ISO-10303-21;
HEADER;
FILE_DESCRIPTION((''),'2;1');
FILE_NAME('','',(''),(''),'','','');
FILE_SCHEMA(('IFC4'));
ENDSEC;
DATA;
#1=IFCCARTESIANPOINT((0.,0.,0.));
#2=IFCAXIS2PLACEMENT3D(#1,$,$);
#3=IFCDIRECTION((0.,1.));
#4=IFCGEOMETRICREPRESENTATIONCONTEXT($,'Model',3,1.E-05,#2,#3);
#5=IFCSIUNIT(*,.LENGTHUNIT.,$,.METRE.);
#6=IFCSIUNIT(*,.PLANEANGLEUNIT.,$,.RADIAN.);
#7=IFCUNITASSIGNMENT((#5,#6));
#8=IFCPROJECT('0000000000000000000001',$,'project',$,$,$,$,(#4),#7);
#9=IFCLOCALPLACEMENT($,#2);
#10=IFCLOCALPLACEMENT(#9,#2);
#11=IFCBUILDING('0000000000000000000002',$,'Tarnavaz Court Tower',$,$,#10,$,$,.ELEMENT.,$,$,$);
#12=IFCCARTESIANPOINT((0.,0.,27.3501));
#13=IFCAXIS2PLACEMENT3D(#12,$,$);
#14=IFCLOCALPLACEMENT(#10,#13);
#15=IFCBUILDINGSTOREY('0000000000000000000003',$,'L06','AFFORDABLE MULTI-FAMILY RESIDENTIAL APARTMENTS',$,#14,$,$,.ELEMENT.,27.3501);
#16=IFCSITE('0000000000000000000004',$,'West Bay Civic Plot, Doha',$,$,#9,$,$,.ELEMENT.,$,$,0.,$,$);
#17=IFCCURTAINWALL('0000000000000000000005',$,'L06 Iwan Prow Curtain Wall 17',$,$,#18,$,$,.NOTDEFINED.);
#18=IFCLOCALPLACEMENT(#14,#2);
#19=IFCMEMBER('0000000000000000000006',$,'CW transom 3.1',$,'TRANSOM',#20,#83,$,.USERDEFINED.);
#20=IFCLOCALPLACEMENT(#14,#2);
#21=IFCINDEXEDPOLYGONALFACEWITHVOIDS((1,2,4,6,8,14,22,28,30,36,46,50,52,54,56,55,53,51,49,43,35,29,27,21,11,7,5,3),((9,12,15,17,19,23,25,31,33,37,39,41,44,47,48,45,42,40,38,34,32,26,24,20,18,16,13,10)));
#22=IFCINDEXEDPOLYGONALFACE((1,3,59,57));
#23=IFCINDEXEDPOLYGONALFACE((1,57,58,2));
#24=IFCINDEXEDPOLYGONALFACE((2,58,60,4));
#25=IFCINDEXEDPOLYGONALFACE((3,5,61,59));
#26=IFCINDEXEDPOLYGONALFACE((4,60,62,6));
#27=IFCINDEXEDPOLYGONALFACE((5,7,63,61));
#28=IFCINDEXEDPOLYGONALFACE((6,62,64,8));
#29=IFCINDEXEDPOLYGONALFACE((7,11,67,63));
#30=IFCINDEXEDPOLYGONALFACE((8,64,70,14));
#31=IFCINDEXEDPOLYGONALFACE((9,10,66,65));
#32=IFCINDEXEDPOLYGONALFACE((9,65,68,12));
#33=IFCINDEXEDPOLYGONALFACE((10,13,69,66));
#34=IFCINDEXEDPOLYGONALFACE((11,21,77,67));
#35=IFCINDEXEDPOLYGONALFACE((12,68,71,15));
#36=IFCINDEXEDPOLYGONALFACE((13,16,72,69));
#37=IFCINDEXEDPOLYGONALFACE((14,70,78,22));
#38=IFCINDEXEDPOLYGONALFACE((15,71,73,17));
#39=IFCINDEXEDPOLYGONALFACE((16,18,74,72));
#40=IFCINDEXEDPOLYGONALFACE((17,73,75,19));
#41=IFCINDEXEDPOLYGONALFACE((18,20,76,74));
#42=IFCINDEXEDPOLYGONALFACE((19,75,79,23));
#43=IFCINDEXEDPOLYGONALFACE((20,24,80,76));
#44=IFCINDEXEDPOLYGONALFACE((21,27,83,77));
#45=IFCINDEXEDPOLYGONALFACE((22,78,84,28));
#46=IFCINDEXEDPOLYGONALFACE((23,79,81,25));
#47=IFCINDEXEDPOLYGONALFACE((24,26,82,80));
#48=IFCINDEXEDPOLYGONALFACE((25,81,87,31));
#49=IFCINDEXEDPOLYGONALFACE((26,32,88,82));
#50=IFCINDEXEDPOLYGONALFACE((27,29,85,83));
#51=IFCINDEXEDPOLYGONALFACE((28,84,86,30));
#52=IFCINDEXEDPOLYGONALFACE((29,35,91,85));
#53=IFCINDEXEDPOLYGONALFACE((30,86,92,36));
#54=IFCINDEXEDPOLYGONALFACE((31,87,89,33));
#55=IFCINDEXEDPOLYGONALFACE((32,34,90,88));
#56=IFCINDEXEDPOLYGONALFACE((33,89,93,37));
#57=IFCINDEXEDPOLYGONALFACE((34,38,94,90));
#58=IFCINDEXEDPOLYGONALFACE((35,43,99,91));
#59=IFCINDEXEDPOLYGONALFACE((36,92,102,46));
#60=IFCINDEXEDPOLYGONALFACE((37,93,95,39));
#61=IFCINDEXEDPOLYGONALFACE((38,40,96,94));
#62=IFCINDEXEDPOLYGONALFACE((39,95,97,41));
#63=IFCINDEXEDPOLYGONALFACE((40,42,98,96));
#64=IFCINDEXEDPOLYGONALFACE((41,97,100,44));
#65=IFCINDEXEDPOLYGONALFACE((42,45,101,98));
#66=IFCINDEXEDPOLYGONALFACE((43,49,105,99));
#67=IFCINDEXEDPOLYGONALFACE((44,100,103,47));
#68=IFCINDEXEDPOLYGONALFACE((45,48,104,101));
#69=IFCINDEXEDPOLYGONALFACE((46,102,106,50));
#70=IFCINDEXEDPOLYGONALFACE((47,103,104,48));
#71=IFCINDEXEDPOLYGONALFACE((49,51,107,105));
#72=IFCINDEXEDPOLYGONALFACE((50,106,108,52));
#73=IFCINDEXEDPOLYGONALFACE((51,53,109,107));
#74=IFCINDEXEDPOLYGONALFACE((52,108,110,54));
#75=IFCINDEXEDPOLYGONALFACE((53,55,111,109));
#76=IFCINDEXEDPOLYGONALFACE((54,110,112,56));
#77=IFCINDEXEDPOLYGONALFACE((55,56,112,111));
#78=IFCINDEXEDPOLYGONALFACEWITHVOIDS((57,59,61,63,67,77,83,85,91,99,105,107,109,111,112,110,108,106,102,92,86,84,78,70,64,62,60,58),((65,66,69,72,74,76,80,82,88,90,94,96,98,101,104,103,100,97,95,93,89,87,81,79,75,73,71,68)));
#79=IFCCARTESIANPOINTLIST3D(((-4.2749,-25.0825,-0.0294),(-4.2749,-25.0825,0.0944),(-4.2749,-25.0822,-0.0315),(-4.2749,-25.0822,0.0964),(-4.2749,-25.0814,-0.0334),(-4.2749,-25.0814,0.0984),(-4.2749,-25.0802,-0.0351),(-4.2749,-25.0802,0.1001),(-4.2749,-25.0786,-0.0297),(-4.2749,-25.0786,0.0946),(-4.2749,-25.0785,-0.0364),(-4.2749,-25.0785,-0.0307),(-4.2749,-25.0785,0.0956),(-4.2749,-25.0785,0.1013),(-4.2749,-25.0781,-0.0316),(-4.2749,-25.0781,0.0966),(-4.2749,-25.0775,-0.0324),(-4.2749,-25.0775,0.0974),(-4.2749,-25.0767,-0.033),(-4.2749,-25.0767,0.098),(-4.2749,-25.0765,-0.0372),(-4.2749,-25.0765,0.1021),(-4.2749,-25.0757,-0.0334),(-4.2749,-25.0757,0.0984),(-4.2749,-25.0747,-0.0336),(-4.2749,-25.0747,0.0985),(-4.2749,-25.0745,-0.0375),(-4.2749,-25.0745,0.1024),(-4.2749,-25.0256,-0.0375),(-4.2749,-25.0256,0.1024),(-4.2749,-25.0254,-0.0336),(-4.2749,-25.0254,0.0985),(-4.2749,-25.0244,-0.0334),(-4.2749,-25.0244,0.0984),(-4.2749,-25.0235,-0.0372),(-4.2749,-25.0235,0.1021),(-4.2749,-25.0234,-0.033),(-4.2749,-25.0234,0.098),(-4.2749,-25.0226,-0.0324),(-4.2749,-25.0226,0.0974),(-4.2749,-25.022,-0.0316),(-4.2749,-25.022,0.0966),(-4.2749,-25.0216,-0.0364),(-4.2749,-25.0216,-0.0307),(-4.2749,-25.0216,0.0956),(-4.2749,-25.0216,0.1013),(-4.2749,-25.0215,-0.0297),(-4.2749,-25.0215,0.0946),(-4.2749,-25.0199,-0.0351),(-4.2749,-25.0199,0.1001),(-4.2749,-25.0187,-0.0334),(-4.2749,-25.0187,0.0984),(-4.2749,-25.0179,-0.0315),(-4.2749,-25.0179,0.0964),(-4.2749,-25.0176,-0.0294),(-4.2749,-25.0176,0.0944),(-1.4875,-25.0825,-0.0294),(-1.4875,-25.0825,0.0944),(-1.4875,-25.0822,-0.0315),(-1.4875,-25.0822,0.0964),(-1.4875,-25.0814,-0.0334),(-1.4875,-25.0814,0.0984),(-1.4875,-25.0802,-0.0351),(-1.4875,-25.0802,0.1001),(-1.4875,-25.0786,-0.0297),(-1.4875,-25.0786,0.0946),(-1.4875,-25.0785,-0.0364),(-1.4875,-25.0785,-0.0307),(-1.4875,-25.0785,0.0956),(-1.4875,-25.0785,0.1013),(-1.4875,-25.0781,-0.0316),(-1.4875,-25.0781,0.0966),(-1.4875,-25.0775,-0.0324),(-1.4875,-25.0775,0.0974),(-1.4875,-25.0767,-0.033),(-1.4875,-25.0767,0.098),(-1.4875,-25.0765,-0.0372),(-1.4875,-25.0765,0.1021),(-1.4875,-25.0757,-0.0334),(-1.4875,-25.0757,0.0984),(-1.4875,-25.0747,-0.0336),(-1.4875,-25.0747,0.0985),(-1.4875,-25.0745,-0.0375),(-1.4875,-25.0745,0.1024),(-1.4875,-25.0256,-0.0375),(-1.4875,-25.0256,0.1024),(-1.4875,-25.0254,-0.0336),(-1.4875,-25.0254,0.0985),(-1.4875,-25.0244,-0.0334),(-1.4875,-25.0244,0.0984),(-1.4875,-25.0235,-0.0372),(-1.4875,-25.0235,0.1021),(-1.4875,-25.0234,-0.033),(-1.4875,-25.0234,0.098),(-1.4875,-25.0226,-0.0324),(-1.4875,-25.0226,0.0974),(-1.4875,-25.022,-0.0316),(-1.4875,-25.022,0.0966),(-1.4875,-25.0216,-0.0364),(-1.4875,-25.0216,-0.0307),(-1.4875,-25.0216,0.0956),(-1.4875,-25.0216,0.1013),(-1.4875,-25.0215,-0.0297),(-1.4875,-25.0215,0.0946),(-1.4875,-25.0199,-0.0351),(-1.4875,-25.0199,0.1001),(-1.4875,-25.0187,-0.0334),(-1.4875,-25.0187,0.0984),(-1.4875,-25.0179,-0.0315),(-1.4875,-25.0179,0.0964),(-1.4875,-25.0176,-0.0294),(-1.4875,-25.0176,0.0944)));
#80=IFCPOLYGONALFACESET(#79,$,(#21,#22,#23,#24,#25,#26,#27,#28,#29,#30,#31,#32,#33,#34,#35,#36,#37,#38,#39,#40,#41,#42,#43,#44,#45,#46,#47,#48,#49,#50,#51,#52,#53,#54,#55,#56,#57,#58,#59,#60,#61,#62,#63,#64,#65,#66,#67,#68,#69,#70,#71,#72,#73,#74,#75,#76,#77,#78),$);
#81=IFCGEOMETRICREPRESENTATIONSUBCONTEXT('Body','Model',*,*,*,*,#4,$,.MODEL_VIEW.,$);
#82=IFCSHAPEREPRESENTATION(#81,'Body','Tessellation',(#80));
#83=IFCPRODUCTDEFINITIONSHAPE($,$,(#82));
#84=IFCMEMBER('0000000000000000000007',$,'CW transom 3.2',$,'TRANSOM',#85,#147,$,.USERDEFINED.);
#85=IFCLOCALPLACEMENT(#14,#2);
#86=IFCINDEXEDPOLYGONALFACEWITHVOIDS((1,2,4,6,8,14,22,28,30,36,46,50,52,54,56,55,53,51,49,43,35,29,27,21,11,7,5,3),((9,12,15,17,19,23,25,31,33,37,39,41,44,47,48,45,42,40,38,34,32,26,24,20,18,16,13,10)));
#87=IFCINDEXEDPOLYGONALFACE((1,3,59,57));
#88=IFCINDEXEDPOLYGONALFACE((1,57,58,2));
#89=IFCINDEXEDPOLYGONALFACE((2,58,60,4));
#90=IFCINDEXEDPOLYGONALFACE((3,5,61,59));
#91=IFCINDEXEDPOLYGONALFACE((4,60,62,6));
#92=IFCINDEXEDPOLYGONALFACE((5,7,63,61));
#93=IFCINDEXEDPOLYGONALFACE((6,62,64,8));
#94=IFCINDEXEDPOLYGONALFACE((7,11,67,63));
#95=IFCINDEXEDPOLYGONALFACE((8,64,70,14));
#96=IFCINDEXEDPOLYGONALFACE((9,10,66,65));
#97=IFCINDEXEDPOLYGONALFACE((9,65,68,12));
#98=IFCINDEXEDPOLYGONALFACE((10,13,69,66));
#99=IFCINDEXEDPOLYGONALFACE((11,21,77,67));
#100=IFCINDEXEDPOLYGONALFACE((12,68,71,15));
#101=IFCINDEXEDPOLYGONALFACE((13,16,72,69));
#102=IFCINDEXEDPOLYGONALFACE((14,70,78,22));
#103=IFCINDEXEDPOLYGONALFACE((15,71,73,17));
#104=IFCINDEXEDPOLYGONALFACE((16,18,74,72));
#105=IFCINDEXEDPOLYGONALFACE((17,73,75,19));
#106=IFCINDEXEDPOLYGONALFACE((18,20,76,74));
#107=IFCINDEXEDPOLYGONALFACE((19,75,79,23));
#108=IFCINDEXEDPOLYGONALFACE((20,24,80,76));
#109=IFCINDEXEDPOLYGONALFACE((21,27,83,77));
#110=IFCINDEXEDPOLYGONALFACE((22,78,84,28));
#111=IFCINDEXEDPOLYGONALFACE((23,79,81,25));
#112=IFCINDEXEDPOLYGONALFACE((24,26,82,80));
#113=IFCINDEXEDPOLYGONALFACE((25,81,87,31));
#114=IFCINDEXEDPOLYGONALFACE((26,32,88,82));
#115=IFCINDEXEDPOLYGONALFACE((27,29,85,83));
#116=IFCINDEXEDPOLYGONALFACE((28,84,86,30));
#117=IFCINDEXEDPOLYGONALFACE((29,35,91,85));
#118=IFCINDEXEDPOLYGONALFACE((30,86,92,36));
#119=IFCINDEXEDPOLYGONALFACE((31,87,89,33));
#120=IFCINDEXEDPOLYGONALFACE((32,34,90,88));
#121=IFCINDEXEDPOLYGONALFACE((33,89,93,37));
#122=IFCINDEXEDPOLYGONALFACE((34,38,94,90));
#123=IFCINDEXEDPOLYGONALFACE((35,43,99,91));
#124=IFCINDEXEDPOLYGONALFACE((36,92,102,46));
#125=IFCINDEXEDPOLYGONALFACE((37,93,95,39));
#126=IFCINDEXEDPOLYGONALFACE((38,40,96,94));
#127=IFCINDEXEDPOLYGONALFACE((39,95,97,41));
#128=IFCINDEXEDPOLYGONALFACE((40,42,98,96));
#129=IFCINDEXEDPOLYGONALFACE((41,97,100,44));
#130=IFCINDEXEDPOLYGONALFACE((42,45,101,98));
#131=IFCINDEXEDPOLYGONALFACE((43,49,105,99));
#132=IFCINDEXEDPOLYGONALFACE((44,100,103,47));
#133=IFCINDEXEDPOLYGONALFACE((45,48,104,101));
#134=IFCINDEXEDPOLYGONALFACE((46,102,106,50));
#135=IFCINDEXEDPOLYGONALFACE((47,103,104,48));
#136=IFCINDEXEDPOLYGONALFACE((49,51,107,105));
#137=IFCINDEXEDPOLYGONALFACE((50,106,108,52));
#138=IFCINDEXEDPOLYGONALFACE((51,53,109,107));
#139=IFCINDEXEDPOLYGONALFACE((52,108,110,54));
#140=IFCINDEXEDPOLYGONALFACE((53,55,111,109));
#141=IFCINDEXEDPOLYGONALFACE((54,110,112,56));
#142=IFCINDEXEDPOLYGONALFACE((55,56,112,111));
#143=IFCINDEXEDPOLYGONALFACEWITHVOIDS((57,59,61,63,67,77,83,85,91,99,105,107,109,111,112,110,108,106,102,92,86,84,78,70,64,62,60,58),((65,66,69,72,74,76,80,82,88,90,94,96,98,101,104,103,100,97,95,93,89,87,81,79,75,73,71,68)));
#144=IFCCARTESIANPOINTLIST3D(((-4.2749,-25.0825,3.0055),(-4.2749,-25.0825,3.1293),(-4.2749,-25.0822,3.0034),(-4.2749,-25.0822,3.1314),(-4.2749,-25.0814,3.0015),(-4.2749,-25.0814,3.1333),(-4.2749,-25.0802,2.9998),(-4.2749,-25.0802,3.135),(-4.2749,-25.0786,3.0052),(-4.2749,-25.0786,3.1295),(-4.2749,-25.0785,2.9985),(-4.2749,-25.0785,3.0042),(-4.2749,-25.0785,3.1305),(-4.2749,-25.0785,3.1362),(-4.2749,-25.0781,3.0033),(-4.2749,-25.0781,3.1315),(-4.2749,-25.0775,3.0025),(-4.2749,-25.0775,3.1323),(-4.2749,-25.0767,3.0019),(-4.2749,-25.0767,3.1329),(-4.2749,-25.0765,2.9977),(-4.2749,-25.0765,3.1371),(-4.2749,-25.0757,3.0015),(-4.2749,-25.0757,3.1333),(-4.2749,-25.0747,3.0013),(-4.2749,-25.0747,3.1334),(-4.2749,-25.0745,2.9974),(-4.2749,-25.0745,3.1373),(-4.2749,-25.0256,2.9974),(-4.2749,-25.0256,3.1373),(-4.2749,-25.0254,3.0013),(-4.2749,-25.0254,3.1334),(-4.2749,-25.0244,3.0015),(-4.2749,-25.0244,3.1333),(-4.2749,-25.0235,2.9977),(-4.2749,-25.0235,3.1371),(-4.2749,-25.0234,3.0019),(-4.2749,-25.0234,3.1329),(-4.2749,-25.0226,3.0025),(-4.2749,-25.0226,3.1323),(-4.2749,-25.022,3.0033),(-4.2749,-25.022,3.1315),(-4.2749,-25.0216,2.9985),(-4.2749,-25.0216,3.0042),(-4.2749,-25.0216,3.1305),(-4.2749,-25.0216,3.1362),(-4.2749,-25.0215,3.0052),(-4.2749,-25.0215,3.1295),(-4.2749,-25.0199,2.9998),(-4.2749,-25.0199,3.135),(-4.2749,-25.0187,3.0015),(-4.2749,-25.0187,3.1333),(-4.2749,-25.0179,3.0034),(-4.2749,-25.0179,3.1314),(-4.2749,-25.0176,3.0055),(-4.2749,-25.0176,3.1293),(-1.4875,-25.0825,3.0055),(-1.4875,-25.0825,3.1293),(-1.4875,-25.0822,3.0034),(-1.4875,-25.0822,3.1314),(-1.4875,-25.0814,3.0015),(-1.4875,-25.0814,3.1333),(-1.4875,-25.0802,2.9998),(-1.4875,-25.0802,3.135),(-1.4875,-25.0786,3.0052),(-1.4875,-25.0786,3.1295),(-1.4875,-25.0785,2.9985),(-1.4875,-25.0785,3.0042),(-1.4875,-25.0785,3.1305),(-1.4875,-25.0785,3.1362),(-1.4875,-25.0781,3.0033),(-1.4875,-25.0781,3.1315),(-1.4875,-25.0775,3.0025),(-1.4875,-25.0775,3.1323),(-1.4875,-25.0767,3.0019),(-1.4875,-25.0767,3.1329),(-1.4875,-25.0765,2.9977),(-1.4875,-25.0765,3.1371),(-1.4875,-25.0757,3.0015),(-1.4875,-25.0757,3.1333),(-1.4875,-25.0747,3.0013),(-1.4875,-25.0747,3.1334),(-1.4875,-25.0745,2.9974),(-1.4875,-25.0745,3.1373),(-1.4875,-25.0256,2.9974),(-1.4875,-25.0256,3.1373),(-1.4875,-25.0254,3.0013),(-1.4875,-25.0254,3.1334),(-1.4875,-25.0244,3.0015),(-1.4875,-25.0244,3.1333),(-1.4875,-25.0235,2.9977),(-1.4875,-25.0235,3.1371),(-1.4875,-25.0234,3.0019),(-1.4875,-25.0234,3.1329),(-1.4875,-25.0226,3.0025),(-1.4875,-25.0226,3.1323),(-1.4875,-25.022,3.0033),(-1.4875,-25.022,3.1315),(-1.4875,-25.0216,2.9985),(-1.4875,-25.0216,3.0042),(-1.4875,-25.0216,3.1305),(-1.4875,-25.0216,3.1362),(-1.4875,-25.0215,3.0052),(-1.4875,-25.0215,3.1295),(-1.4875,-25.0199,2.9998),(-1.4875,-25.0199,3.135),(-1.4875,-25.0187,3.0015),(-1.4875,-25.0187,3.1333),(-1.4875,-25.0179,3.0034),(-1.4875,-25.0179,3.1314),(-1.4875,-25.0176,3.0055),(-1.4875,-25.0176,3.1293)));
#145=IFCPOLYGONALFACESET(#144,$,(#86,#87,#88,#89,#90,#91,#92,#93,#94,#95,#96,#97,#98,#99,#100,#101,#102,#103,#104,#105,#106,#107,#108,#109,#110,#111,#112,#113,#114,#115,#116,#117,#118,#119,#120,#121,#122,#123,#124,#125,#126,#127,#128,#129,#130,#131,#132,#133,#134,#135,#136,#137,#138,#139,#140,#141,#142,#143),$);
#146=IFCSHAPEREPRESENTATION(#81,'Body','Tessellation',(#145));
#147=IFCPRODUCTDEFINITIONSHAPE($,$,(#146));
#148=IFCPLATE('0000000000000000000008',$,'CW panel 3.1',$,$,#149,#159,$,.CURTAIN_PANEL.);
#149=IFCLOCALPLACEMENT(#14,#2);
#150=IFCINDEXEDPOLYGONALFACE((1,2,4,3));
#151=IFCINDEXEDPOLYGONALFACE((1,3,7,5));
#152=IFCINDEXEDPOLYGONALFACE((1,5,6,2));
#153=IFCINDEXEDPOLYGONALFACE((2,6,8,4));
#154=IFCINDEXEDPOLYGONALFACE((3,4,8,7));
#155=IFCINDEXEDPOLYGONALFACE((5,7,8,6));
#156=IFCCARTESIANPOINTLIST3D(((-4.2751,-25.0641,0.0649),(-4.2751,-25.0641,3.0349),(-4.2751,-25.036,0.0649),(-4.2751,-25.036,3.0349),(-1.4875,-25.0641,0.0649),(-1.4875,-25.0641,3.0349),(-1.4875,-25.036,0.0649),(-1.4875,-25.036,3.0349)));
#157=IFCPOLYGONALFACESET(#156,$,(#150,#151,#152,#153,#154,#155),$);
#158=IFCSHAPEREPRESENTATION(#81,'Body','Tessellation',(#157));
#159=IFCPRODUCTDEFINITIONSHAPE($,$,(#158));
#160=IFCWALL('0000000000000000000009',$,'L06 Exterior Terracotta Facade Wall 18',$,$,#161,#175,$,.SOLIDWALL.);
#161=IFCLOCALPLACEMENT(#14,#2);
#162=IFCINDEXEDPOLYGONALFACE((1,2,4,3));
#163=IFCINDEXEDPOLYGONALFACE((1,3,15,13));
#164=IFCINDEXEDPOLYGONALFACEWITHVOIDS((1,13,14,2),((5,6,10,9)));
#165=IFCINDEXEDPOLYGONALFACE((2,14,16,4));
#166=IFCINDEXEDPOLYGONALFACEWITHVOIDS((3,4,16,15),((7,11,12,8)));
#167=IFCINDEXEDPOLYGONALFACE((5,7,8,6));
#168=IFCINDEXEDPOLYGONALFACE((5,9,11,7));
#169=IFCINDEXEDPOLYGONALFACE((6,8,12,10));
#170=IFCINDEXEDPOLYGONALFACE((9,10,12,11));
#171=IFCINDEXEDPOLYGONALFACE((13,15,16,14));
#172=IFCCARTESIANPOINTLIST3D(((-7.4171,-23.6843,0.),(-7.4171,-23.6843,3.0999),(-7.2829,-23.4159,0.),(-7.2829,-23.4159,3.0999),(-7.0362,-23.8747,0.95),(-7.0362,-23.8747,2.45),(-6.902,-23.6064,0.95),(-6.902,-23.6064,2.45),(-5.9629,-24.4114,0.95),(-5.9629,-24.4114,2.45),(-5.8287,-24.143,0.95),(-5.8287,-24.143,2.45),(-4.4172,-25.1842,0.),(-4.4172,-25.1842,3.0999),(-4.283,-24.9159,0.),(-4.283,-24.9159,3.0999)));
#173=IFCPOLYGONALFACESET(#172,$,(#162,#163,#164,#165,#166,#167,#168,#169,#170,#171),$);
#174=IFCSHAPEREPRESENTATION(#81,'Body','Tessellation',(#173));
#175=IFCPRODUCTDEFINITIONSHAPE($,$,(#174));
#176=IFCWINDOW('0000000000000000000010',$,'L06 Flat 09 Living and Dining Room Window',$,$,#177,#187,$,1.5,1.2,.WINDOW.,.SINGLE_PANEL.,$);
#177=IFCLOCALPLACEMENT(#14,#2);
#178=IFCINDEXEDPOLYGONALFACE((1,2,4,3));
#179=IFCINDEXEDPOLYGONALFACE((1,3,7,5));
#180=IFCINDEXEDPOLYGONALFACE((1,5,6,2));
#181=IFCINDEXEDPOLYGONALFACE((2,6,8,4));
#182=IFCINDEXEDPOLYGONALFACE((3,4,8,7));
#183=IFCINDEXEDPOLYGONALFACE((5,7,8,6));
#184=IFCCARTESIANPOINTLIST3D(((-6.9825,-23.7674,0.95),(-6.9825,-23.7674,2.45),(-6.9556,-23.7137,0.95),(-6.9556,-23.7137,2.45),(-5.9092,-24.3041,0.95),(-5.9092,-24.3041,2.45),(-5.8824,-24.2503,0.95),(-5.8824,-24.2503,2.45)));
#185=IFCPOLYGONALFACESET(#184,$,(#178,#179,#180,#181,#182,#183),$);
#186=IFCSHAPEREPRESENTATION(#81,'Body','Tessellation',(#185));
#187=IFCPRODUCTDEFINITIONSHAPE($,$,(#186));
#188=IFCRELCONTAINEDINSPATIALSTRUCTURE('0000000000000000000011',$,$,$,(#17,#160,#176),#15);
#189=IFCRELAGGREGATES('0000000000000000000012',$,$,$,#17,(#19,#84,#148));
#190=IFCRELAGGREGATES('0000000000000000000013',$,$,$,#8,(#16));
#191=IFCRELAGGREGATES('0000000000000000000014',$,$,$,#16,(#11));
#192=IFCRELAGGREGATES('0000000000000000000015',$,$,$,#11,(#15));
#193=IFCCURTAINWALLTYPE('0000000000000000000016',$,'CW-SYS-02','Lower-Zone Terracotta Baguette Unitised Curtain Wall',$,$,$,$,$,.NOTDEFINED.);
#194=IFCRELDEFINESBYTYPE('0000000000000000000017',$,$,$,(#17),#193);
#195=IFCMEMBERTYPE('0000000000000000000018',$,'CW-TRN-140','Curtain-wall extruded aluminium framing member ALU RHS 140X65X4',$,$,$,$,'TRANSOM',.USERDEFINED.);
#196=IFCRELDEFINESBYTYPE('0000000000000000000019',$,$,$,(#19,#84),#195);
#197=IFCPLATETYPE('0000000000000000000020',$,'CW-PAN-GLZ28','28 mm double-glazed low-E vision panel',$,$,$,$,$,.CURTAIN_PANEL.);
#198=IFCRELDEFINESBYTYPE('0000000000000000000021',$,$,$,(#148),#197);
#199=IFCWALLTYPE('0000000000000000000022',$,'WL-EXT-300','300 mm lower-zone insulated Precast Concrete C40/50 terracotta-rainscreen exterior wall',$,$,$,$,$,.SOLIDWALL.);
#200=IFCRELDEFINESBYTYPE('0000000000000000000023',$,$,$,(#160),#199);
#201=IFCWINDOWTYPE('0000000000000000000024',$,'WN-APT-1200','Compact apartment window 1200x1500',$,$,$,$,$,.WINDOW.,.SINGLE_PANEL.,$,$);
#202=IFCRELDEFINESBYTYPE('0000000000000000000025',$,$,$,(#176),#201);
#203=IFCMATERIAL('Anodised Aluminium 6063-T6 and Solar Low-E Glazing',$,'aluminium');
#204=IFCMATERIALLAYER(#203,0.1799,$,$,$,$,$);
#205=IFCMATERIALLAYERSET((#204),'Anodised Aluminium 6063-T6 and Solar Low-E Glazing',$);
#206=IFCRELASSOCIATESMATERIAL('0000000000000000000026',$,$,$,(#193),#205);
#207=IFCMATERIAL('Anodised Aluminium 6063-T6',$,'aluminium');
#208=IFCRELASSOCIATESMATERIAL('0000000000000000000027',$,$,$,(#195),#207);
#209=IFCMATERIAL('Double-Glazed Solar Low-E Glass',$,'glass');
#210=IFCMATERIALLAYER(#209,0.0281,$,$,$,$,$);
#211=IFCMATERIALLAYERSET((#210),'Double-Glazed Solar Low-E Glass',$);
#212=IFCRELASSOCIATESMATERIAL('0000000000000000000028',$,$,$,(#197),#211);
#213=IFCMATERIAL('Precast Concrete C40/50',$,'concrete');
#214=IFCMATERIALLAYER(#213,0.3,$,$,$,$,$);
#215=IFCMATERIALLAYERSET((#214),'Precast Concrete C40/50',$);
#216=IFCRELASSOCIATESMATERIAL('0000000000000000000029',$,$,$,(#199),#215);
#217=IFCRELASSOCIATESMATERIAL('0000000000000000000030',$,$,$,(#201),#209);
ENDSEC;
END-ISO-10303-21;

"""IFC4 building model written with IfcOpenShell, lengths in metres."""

from ifc_helpers import new_model, si_unit, direction, frame, frame_2d, origin, origin_2d, place, context, subcontext, project, spatial, rectangle, hollow_rectangle, extrude, material, layer, layer_set, material_profile, profile_set, type_object, element, fill, aggregate, save


model = new_model("IFC4")

# Units and contexts
model_context = context("Model", 3, precision=1e-05, world=origin(), true_north=direction((0.0, 1.0)))
body_context = subcontext(model_context, "Body", "Model", "MODEL_VIEW")
ifc_project = project(units=[si_unit("LENGTHUNIT", "METRE"), si_unit("PLANEANGLEUNIT", "RADIAN")], contexts=[model_context])

# Site, building, storey
site_placement = place(None, origin())
site = spatial("IfcSite", under=ifc_project, at=site_placement, Name="West Bay Civic Plot, Doha", CompositionType="ELEMENT", RefElevation=0.0)
building_placement = place(site_placement, origin())
building = spatial("IfcBuilding", under=site, at=building_placement, Name="Tarnavaz Court Tower", CompositionType="ELEMENT")
storey_placement = place(building_placement, frame((0.0, 0.0, 27.3501)))
storey = spatial("IfcBuildingStorey", under=building, at=storey_placement, Name="L06", Description="AFFORDABLE MULTI-FAMILY RESIDENTIAL APARTMENTS", CompositionType="ELEMENT", Elevation=27.3501)

# Curtain wall, members, plate
ifc_material_1 = material(Name="Anodised Aluminium 6063-T6 and Solar Low-E Glazing", Category="aluminium")
ifc_layer_1 = layer(ifc_material_1, 0.1799)
ifc_layer_set_1 = layer_set([ifc_layer_1], Name="Anodised Aluminium 6063-T6 and Solar Low-E Glazing")
curtain_wall_type = type_object("IfcCurtainWallType", Name="CW-SYS-02", Description="Lower-Zone Terracotta Baguette Unitised Curtain Wall", PredefinedType="NOTDEFINED", material=ifc_layer_set_1)
curtain_wall_placement = place(storey_placement, origin())
curtain_wall = element("IfcCurtainWall", 1, at=curtain_wall_placement, inside=storey, type_object=curtain_wall_type, Name="L06 Iwan Prow Curtain Wall 17", PredefinedType="NOTDEFINED")
ifc_material_2 = material(Name="Anodised Aluminium 6063-T6", Category="aluminium")
ifc_material_profile_1 = material_profile(ifc_material_2, hollow_rectangle(XDim=0.0649, YDim=0.1399, WallThickness=0.0039, InnerFilletRadius=0.0039, OuterFilletRadius=0.0081, at=origin_2d()), Name="ALU RHS 140X65X4")
ifc_profile_set_1 = profile_set([ifc_material_profile_1], Name="Anodised Aluminium 6063-T6")
member_type_1 = type_object("IfcMemberType", Name="CW-TRN-140", Description="Curtain-wall extruded aluminium framing member ALU RHS 140X65X4", ElementType="TRANSOM", PredefinedType="USERDEFINED", material=ifc_profile_set_1)
member_1_placement = place(storey_placement, frame((-1.4875, -25.05, 0.0325), z_axis=(-1.0, 0.0, 0.0), x_axis=(0.0, -1.0, 0.0)))
member_1 = element("IfcMember", 2, at=member_1_placement, type_object=member_type_1, Name="CW transom 3.1", ObjectType="TRANSOM", PredefinedType="USERDEFINED", context=body_context, shape_type="SweptSolid", body=[
    extrude(hollow_rectangle(XDim=0.0649, YDim=0.1399, WallThickness=0.0039, InnerFilletRadius=0.0039, OuterFilletRadius=0.0081, at=origin_2d()), origin(), (0.0, 0.0, 1.0), 2.7874),
])
member_2_placement = place(storey_placement, frame((-1.4875, -25.05, 3.0674), z_axis=(-1.0, 0.0, 0.0), x_axis=(0.0, -1.0, 0.0)))
member_2 = element("IfcMember", 3, at=member_2_placement, type_object=member_type_1, Name="CW transom 3.2", ObjectType="TRANSOM", PredefinedType="USERDEFINED", context=body_context, shape_type="SweptSolid", body=[
    extrude(hollow_rectangle(XDim=0.0649, YDim=0.1399, WallThickness=0.0039, InnerFilletRadius=0.0039, OuterFilletRadius=0.0081, at=origin_2d()), origin(), (0.0, 0.0, 1.0), 2.7874),
])
ifc_material_3 = material(Name="Double-Glazed Solar Low-E Glass", Category="glass")
ifc_layer_2 = layer(ifc_material_3, 0.0281)
ifc_layer_set_2 = layer_set([ifc_layer_2], Name="Double-Glazed Solar Low-E Glass")
plate_type = type_object("IfcPlateType", Name="CW-PAN-GLZ28", Description="28 mm double-glazed low-E vision panel", PredefinedType="CURTAIN_PANEL", material=ifc_layer_set_2)
plate_placement = place(storey_placement, frame((-2.8813, -25.05, 0.0649), z_axis=(0.0, 0.0, 1.0), x_axis=(-1.0, 0.0, 0.0)))
plate = element("IfcPlate", 4, at=plate_placement, type_object=plate_type, Name="CW panel 3.1", PredefinedType="CURTAIN_PANEL", context=body_context, shape_type="SweptSolid", body=[
    extrude(rectangle(XDim=2.7876, YDim=0.0281, at=origin_2d()), origin(), (0.0, 0.0, 1.0), 2.97),
])
aggregate(curtain_wall, [member_1, member_2, plate])

# Wall, opening, window
ifc_material_4 = material(Name="Precast Concrete C40/50", Category="concrete")
ifc_layer_3 = layer(ifc_material_4, 0.3)
ifc_layer_set_3 = layer_set([ifc_layer_3], Name="Precast Concrete C40/50")
wall_type_1 = type_object("IfcWallType", Name="WL-EXT-300", Description="300 mm lower-zone insulated Precast Concrete C40/50 terracotta-rainscreen exterior wall", PredefinedType="SOLIDWALL", material=ifc_layer_set_3)
wall_1_placement = place(storey_placement, frame((-4.3501, -25.05, 0.0), z_axis=(0.0, 0.0, 1.0), x_axis=(-0.894427, 0.447214, 0.0)))
wall_1 = element("IfcWall", 5, at=wall_1_placement, inside=storey, type_object=wall_type_1, Name="L06 Exterior Terracotta Facade Wall 18", PredefinedType="SOLIDWALL", context=body_context, shape_type="SweptSolid", body=[
    extrude(rectangle(XDim=3.354, YDim=0.3, at=frame_2d((1.677, 0.0))), origin(), (0.0, 0.0, 1.0), 3.0999),
])
opening_1_placement = place(wall_1_placement, frame((1.728, 0.0, 0.95)))
opening_1 = element("IfcOpeningElement", 6, at=opening_1_placement, cuts=wall_1, PredefinedType="OPENING", context=body_context, shape_type="SweptSolid", body=[
    extrude(rectangle(XDim=1.2, YDim=1.5, at=frame_2d((0.6001, 0.75))), frame((0.0, 0.1599, 0.0), z_axis=(0.0, -1.0, 0.0), x_axis=(1.0, 0.0, 0.0)), (0.0, 0.0, 1.0), 0.3201),
])
window_type = type_object("IfcWindowType", Name="WN-APT-1200", Description="Compact apartment window 1200x1500", PartitioningType="SINGLE_PANEL", PredefinedType="WINDOW", material=ifc_material_3)
window_placement = place(opening_1_placement, origin())
window = element("IfcWindow", 7, at=window_placement, inside=storey, type_object=window_type, Name="L06 Flat 09 Living and Dining Room Window", OverallHeight=1.5, OverallWidth=1.2, PartitioningType="SINGLE_PANEL", PredefinedType="WINDOW", context=body_context, shape_type="SweptSolid", body=[
    extrude(rectangle(XDim=1.2, YDim=1.5, at=frame_2d((0.6001, 0.75))), frame((0.0, 0.03, 0.0), z_axis=(0.0, -1.0, 0.0), x_axis=(1.0, 0.0, 0.0)), (0.0, 0.0, 1.0), 0.0601),
])
fill(opening_1, window)

save(model, "model.ifc")
